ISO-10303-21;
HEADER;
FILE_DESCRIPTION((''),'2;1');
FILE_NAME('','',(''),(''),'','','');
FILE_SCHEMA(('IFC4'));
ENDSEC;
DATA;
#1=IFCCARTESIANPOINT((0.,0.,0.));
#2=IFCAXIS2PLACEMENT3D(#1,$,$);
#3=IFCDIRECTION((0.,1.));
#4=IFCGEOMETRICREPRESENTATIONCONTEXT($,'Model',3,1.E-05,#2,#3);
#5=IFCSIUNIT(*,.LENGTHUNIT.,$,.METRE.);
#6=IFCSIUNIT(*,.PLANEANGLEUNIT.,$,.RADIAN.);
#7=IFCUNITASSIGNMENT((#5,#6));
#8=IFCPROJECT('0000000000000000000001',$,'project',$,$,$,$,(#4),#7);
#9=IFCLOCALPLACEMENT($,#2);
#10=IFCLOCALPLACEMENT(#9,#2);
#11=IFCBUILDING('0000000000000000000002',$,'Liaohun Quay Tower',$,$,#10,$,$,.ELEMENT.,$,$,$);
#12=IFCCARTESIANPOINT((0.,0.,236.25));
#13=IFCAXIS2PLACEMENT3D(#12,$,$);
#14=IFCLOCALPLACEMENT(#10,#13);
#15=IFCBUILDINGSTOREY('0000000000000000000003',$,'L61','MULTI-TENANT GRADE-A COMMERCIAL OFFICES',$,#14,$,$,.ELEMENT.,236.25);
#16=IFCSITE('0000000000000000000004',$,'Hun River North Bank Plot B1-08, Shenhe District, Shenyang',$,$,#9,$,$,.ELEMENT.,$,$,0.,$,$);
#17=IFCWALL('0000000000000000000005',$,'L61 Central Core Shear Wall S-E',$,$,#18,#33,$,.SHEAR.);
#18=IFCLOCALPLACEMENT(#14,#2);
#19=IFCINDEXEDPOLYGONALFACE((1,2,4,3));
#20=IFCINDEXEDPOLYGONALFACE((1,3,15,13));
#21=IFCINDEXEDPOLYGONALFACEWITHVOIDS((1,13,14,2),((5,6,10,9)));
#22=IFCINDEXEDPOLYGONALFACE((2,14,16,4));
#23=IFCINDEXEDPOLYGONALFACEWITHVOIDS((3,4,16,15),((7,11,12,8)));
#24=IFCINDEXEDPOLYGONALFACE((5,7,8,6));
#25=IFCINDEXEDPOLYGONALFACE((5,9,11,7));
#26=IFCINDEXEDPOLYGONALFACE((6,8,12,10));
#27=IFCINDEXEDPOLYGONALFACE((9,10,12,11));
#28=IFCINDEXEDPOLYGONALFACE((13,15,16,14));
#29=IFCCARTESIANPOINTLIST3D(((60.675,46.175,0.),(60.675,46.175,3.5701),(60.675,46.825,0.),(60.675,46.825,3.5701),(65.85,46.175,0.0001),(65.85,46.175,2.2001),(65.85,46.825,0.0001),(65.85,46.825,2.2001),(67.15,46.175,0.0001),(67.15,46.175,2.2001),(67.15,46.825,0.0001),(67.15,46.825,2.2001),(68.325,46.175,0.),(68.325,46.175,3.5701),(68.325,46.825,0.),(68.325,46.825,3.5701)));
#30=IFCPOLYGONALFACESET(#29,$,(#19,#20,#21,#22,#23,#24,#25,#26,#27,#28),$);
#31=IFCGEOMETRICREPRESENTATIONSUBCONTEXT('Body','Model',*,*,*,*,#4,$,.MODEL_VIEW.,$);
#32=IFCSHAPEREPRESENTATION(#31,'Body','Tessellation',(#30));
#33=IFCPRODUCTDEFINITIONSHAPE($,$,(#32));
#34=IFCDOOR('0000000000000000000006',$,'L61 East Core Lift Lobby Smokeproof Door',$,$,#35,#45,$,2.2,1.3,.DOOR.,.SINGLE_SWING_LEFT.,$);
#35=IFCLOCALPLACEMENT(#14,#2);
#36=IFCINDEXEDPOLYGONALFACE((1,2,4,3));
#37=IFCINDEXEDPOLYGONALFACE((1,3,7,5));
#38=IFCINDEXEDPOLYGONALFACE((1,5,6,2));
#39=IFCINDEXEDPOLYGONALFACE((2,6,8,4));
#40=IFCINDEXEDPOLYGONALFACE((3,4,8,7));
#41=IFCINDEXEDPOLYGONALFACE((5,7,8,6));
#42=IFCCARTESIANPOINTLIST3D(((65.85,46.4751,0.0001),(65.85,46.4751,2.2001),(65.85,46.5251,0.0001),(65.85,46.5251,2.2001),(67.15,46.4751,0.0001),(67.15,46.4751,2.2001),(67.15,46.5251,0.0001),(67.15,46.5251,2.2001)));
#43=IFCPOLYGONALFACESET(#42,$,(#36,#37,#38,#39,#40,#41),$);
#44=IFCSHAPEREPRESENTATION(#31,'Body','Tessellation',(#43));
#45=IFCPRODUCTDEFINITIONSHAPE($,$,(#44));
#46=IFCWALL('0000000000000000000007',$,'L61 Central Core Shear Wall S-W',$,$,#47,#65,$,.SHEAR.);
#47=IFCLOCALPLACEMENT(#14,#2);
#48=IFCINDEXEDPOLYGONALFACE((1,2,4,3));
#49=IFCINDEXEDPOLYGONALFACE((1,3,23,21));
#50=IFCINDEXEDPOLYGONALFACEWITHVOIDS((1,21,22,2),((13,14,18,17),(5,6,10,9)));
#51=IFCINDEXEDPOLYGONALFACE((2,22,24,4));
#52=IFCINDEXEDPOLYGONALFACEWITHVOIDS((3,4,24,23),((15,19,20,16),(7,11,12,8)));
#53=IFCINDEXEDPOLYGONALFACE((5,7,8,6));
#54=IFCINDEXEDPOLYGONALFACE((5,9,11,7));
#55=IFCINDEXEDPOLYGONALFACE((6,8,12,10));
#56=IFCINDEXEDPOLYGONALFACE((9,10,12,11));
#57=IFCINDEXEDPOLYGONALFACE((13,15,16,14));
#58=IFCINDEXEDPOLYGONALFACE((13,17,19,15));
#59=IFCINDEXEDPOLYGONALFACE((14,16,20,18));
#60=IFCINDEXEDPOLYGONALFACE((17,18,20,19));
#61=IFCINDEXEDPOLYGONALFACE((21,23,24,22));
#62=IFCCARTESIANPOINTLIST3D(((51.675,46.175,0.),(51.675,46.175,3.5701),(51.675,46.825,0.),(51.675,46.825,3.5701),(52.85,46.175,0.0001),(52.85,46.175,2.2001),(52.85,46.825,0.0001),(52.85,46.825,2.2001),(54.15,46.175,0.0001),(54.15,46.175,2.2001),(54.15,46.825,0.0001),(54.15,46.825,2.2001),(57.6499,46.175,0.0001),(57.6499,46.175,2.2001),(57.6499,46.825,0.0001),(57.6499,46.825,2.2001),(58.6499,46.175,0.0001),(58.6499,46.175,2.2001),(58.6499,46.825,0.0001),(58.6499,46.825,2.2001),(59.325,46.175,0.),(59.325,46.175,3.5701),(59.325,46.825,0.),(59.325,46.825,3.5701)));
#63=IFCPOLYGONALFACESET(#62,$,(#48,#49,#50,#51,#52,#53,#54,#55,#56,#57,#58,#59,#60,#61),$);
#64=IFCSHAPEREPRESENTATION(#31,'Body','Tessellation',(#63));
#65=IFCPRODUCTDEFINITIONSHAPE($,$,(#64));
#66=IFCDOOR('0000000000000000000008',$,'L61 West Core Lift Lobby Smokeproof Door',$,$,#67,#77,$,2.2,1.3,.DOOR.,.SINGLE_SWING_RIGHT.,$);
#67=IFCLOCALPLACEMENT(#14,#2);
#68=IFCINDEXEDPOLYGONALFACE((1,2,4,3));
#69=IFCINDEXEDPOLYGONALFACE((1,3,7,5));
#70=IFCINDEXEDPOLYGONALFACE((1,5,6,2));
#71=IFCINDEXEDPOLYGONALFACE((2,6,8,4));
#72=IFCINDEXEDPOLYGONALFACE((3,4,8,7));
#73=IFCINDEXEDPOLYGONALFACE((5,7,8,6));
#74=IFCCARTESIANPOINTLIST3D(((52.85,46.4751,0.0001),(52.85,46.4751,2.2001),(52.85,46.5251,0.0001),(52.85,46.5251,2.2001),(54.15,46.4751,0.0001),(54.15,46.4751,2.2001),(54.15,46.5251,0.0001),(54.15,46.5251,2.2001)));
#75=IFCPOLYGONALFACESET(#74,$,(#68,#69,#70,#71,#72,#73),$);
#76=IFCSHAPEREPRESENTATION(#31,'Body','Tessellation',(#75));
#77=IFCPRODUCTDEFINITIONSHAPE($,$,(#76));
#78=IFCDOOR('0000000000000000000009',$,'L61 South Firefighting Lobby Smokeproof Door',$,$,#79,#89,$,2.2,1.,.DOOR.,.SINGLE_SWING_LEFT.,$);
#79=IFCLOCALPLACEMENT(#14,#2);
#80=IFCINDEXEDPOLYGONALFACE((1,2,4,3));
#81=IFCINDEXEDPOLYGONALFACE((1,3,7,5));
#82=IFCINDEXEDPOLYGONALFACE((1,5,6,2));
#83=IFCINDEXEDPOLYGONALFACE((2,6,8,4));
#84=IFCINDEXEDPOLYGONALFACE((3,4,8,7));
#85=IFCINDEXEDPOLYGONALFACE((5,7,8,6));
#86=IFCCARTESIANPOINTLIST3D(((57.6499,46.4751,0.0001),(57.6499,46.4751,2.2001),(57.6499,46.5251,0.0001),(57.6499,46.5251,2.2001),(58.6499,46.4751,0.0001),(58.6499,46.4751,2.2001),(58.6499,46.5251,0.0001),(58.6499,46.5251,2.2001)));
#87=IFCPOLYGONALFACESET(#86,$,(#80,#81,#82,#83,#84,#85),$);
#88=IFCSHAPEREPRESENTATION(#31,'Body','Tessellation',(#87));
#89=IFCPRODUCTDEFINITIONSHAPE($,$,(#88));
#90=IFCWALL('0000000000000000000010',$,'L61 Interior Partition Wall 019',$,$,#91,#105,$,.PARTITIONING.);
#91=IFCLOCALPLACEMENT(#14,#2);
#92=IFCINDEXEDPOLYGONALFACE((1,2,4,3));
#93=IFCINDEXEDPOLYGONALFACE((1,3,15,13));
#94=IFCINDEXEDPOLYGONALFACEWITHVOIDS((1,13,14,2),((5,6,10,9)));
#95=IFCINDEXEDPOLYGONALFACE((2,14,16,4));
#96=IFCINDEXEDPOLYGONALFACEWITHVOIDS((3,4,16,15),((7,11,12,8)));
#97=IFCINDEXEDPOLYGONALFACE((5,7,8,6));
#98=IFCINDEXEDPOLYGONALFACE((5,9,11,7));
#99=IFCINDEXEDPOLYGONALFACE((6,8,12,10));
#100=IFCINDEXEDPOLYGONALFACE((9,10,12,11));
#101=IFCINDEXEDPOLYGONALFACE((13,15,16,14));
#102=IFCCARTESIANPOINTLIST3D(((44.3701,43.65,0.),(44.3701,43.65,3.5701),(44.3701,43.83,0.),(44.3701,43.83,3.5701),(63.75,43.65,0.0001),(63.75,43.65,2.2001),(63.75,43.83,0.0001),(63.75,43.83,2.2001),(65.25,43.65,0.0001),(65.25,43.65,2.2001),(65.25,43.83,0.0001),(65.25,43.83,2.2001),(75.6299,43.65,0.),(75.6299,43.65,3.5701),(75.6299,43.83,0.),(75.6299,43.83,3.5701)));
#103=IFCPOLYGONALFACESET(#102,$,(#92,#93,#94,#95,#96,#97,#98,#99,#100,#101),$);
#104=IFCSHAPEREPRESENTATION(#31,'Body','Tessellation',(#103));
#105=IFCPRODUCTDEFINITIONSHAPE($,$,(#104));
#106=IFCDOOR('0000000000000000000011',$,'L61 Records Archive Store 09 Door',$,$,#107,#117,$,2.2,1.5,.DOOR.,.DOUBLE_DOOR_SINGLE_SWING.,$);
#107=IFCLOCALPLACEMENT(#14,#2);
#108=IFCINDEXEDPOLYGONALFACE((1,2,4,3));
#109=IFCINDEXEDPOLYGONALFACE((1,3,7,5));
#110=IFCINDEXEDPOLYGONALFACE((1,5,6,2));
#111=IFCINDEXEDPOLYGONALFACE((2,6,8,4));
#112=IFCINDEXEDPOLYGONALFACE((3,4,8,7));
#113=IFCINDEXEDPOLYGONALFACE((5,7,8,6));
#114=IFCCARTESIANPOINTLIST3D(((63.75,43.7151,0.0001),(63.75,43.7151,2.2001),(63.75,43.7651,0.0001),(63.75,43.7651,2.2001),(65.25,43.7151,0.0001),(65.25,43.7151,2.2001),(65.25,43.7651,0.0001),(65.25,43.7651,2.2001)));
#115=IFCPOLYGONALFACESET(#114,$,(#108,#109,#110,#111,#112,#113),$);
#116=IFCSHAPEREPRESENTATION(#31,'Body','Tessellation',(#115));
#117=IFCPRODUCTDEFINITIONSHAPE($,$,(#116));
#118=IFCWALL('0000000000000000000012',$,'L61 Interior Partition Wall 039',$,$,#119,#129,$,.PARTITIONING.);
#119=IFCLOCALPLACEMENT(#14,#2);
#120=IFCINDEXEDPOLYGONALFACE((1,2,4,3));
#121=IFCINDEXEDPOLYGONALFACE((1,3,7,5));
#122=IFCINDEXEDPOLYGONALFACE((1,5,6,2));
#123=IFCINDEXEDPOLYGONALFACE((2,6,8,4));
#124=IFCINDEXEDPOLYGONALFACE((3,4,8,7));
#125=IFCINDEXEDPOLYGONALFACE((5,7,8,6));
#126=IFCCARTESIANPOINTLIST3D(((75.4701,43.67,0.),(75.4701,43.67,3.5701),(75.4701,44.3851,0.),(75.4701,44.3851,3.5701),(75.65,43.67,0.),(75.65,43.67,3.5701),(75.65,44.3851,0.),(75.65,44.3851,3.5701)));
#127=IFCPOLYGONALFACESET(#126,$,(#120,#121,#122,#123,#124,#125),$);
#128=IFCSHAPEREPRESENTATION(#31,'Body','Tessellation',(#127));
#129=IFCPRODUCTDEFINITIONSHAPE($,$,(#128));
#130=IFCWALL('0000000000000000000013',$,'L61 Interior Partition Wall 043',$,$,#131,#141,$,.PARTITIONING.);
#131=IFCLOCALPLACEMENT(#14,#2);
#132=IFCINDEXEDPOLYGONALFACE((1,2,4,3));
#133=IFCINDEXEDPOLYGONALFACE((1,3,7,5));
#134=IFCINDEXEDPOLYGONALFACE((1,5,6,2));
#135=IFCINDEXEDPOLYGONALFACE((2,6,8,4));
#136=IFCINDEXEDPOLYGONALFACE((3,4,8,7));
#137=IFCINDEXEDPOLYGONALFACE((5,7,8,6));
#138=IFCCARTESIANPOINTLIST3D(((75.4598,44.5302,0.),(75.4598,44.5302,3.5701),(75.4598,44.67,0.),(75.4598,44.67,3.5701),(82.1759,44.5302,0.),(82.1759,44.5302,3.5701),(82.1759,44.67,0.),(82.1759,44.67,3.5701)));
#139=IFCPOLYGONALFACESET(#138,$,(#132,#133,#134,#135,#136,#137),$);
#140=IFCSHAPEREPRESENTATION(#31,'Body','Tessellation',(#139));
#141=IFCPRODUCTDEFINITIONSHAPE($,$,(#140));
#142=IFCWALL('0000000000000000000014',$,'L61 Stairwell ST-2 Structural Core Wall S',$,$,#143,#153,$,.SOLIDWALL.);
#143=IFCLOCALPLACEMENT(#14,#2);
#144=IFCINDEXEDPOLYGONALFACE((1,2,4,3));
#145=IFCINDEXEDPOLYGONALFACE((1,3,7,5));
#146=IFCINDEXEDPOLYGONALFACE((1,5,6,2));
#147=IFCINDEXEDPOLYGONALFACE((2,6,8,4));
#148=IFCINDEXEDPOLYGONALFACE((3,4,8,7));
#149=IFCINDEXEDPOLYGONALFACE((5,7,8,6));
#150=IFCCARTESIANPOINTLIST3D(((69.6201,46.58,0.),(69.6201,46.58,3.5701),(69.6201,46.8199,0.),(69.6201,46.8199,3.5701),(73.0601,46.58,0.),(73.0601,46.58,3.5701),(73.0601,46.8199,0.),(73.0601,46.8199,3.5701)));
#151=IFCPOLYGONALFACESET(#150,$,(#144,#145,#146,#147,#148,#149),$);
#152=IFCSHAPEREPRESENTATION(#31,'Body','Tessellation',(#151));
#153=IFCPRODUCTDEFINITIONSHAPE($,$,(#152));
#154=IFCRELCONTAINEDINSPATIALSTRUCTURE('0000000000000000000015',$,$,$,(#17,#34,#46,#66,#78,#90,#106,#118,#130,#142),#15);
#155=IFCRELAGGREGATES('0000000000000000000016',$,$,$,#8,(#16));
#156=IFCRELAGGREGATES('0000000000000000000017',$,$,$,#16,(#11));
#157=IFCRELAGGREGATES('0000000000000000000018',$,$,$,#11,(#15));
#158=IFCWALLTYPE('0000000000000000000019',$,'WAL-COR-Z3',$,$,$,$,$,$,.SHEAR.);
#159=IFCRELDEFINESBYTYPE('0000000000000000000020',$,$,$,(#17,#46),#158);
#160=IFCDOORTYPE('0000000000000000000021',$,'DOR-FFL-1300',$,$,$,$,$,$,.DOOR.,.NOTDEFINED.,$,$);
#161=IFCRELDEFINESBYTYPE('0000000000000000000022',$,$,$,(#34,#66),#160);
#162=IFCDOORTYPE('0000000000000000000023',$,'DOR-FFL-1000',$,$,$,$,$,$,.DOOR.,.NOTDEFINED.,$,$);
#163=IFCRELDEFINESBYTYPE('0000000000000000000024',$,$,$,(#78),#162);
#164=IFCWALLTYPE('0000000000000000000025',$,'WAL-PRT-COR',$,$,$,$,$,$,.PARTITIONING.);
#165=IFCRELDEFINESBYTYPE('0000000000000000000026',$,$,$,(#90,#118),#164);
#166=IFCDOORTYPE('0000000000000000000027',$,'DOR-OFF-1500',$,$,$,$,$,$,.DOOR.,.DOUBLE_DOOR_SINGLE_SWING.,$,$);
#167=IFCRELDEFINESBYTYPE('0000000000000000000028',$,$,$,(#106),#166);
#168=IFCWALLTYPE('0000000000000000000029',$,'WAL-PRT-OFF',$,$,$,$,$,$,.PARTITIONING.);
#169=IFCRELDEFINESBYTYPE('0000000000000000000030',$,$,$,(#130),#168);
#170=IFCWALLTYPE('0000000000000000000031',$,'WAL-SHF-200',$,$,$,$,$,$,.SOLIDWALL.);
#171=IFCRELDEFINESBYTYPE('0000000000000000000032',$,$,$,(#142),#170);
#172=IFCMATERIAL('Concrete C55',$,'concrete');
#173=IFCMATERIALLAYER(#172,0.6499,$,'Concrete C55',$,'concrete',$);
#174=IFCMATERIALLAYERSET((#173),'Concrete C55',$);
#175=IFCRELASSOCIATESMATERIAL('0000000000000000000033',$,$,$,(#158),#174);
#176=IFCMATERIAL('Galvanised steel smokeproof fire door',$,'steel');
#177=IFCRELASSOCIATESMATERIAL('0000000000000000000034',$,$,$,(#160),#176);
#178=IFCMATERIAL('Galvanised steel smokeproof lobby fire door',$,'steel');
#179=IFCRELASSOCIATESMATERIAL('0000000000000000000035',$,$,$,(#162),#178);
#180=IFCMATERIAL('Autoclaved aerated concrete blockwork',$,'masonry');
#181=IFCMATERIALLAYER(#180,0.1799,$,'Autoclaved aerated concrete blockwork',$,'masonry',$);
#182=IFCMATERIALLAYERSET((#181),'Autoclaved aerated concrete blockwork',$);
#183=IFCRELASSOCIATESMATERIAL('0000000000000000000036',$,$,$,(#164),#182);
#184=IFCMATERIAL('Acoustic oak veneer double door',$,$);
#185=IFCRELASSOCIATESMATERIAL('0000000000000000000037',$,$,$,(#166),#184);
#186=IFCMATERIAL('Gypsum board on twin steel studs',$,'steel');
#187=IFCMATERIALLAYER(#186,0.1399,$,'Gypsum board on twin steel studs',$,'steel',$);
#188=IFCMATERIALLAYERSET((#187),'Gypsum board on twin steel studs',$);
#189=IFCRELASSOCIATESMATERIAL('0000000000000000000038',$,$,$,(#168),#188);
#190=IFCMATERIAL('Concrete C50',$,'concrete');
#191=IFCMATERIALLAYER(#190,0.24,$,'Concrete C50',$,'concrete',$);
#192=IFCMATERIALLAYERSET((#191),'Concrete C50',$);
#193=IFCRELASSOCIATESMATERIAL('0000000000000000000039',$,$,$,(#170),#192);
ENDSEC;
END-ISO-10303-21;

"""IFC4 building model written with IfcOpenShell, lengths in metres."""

from ifc_helpers import new_model, si_unit, direction, frame, frame_2d, origin, place, context, subcontext, project, spatial, rectangle, extrude, source, transform, mapped, material, layer, layer_set, type_object, element, fill, save


model = new_model("IFC4")

# Units and contexts
model_context = context("Model", 3, precision=1e-05, world=origin(), true_north=direction((0.0, 1.0)))
body_context = subcontext(model_context, "Body", "Model", "MODEL_VIEW")
ifc_project = project(units=[si_unit("LENGTHUNIT", "METRE"), si_unit("PLANEANGLEUNIT", "RADIAN")], contexts=[model_context])

# Site, building, storey
site_placement = place(None, origin())
site = spatial("IfcSite", under=ifc_project, at=site_placement, Name="Hun River North Bank Plot B1-08, Shenhe District, Shenyang", CompositionType="ELEMENT", RefElevation=0.0)
building_placement = place(site_placement, origin())
building = spatial("IfcBuilding", under=site, at=building_placement, Name="Liaohun Quay Tower", CompositionType="ELEMENT")
storey_placement = place(building_placement, frame((0.0, 0.0, 236.25)))
storey = spatial("IfcBuildingStorey", under=building, at=storey_placement, Name="L61", Description="MULTI-TENANT GRADE-A COMMERCIAL OFFICES", CompositionType="ELEMENT", Elevation=236.25)

# Shared definitions
ifc_material_1 = material(Name="Concrete C55", Category="concrete")

# Wall, opening, door
ifc_layer_1 = layer(ifc_material_1, 0.6499, Name="Concrete C55", Category="concrete")
ifc_layer_set_1 = layer_set([ifc_layer_1], Name="Concrete C55")
wall_type_1 = type_object("IfcWallType", Name="WAL-COR-Z3", PredefinedType="SHEAR", material=ifc_layer_set_1)
wall_1_placement = place(storey_placement, frame((68.325, 46.5, 0.0), z_axis=(0.0, 0.0, 1.0), x_axis=(-1.0, 0.0, 0.0)))
wall_1 = element("IfcWall", 1, at=wall_1_placement, inside=storey, type_object=wall_type_1, Name="L61 Central Core Shear Wall S-E", PredefinedType="SHEAR", context=body_context, shape_type="SweptSolid", body=[
    extrude(rectangle(XDim=7.6499, YDim=0.6499, at=frame_2d((3.825, 0.0))), origin(), (0.0, 0.0, 1.0), 3.5701),
])
shared_shape_1 = source(origin(), body_context, "Body", "SweptSolid", [
    extrude(rectangle(XDim=1.3, YDim=2.2, at=frame_2d((0.6499, 1.1001))), frame((0.0, 0.335, 0.0), z_axis=(0.0, -1.0, 0.0), x_axis=(1.0, 0.0, 0.0)), (0.0, 0.0, 1.0), 0.6699),
])
opening_1_placement = place(wall_1_placement, frame((1.175, 0.0, 0.0)))
opening_1 = element("IfcOpeningElement", 2, at=opening_1_placement, cuts=wall_1, PredefinedType="OPENING", context=body_context, shape_type="MappedRepresentation", body=[
    mapped(shared_shape_1, transform((0.0, 0.0, 0.0), x_axis=(1.0, 0.0, 0.0), y_axis=(0.0, 1.0, 0.0), z_axis=(0.0, 0.0, 1.0), scale=1.0)),
])
ifc_material_2 = material(Name="Galvanised steel smokeproof fire door", Category="steel")
door_type_1 = type_object("IfcDoorType", Name="DOR-FFL-1300", OperationType="NOTDEFINED", PredefinedType="DOOR", material=ifc_material_2)
shared_shape_2 = source(origin(), body_context, "Body", "SweptSolid", [
    extrude(rectangle(XDim=1.3, YDim=2.2, at=frame_2d((0.6499, 1.1001))), frame((0.0, 0.0249, 0.0), z_axis=(0.0, -1.0, 0.0), x_axis=(1.0, 0.0, 0.0)), (0.0, 0.0, 1.0), 0.05),
])
door_1_placement = place(opening_1_placement, origin())
door_1 = element("IfcDoor", 3, at=door_1_placement, inside=storey, type_object=door_type_1, Name="L61 East Core Lift Lobby Smokeproof Door", OperationType="SINGLE_SWING_LEFT", OverallHeight=2.2, OverallWidth=1.3, PredefinedType="DOOR", context=body_context, shape_type="MappedRepresentation", body=[
    mapped(shared_shape_2, transform((0.0, 0.0, 0.0), x_axis=(1.0, 0.0, 0.0), y_axis=(0.0, 1.0, 0.0), z_axis=(0.0, 0.0, 1.0), scale=1.0)),
])
fill(opening_1, door_1)

# Wall, openings, doors
wall_2_placement = place(storey_placement, frame((59.325, 46.5, 0.0), z_axis=(0.0, 0.0, 1.0), x_axis=(-1.0, 0.0, 0.0)))
wall_2 = element("IfcWall", 4, at=wall_2_placement, inside=storey, type_object=wall_type_1, Name="L61 Central Core Shear Wall S-W", PredefinedType="SHEAR", context=body_context, shape_type="SweptSolid", body=[
    extrude(rectangle(XDim=7.6499, YDim=0.6499, at=frame_2d((3.825, 0.0))), origin(), (0.0, 0.0, 1.0), 3.5701),
])
opening_2_placement = place(wall_2_placement, frame((5.175, 0.0, 0.0)))
opening_2 = element("IfcOpeningElement", 5, at=opening_2_placement, cuts=wall_2, PredefinedType="OPENING", context=body_context, shape_type="MappedRepresentation", body=[
    mapped(shared_shape_1, transform((0.0, 0.0, 0.0), x_axis=(1.0, 0.0, 0.0), y_axis=(0.0, 1.0, 0.0), z_axis=(0.0, 0.0, 1.0), scale=1.0)),
])
shared_shape_3 = source(origin(), body_context, "Body", "SweptSolid", [
    extrude(rectangle(XDim=1.0, YDim=2.2, at=frame_2d((0.5, 1.1001))), frame((0.0, 0.335, 0.0), z_axis=(0.0, -1.0, 0.0), x_axis=(1.0, 0.0, 0.0)), (0.0, 0.0, 1.0), 0.6699),
])
opening_3_placement = place(wall_2_placement, frame((0.675, 0.0, 0.0)))
opening_3 = element("IfcOpeningElement", 6, at=opening_3_placement, cuts=wall_2, PredefinedType="OPENING", context=body_context, shape_type="MappedRepresentation", body=[
    mapped(shared_shape_3, transform((0.0, 0.0, 0.0), x_axis=(1.0, 0.0, 0.0), y_axis=(0.0, 1.0, 0.0), z_axis=(0.0, 0.0, 1.0), scale=1.0)),
])
door_2_placement = place(opening_2_placement, origin())
door_2 = element("IfcDoor", 7, at=door_2_placement, inside=storey, type_object=door_type_1, Name="L61 West Core Lift Lobby Smokeproof Door", OperationType="SINGLE_SWING_RIGHT", OverallHeight=2.2, OverallWidth=1.3, PredefinedType="DOOR", context=body_context, shape_type="MappedRepresentation", body=[
    mapped(shared_shape_2, transform((0.0, 0.0, 0.0), x_axis=(1.0, 0.0, 0.0), y_axis=(0.0, 1.0, 0.0), z_axis=(0.0, 0.0, 1.0), scale=1.0)),
])
fill(opening_2, door_2)
ifc_material_3 = material(Name="Galvanised steel smokeproof lobby fire door", Category="steel")
door_type_2 = type_object("IfcDoorType", Name="DOR-FFL-1000", OperationType="NOTDEFINED", PredefinedType="DOOR", material=ifc_material_3)
shared_shape_4 = source(origin(), body_context, "Body", "SweptSolid", [
    extrude(rectangle(XDim=1.0, YDim=2.2, at=frame_2d((0.5, 1.1001))), frame((0.0, 0.0249, 0.0), z_axis=(0.0, -1.0, 0.0), x_axis=(1.0, 0.0, 0.0)), (0.0, 0.0, 1.0), 0.05),
])
door_3_placement = place(opening_3_placement, origin())
door_3 = element("IfcDoor", 8, at=door_3_placement, inside=storey, type_object=door_type_2, Name="L61 South Firefighting Lobby Smokeproof Door", OperationType="SINGLE_SWING_LEFT", OverallHeight=2.2, OverallWidth=1.0, PredefinedType="DOOR", context=body_context, shape_type="MappedRepresentation", body=[
    mapped(shared_shape_4, transform((0.0, 0.0, 0.0), x_axis=(1.0, 0.0, 0.0), y_axis=(0.0, 1.0, 0.0), z_axis=(0.0, 0.0, 1.0), scale=1.0)),
])
fill(opening_3, door_3)

# Wall, opening, door
ifc_material_4 = material(Name="Autoclaved aerated concrete blockwork", Category="masonry")
ifc_layer_2 = layer(ifc_material_4, 0.1799, Name="Autoclaved aerated concrete blockwork", Category="masonry")
ifc_layer_set_2 = layer_set([ifc_layer_2], Name="Autoclaved aerated concrete blockwork")
wall_type_2 = type_object("IfcWallType", Name="WAL-PRT-COR", PredefinedType="PARTITIONING", material=ifc_layer_set_2)
wall_3_placement = place(storey_placement, frame((75.6299, 43.74, 0.0), z_axis=(0.0, 0.0, 1.0), x_axis=(-1.0, 0.0, 0.0)))
wall_3 = element("IfcWall", 9, at=wall_3_placement, inside=storey, type_object=wall_type_2, Name="L61 Interior Partition Wall 019", PredefinedType="PARTITIONING", context=body_context, shape_type="SweptSolid", body=[
    extrude(rectangle(XDim=31.2598, YDim=0.1799, at=frame_2d((15.6299, 0.0))), origin(), (0.0, 0.0, 1.0), 3.5701),
])
shared_shape_5 = source(origin(), body_context, "Body", "SweptSolid", [
    extrude(rectangle(XDim=1.5, YDim=2.2, at=frame_2d((0.75, 1.1001))), frame((0.0, 0.0999, 0.0), z_axis=(0.0, -1.0, 0.0), x_axis=(1.0, 0.0, 0.0)), (0.0, 0.0, 1.0), 0.2),
])
opening_4_placement = place(wall_3_placement, frame((10.3799, 0.0, 0.0)))
opening_4 = element("IfcOpeningElement", 10, at=opening_4_placement, cuts=wall_3, PredefinedType="OPENING", context=body_context, shape_type="MappedRepresentation", body=[
    mapped(shared_shape_5, transform((0.0, 0.0, 0.0), x_axis=(1.0, 0.0, 0.0), y_axis=(0.0, 1.0, 0.0), z_axis=(0.0, 0.0, 1.0), scale=1.0)),
])
ifc_material_5 = material(Name="Acoustic oak veneer double door")
door_type_3 = type_object("IfcDoorType", Name="DOR-OFF-1500", OperationType="DOUBLE_DOOR_SINGLE_SWING", PredefinedType="DOOR", material=ifc_material_5)
shared_shape_6 = source(origin(), body_context, "Body", "SweptSolid", [
    extrude(rectangle(XDim=1.5, YDim=2.2, at=frame_2d((0.75, 1.1001))), frame((0.0, 0.0249, 0.0), z_axis=(0.0, -1.0, 0.0), x_axis=(1.0, 0.0, 0.0)), (0.0, 0.0, 1.0), 0.05),
])
door_4_placement = place(opening_4_placement, origin())
door_4 = element("IfcDoor", 11, at=door_4_placement, inside=storey, type_object=door_type_3, Name="L61 Records Archive Store 09 Door", OperationType="DOUBLE_DOOR_SINGLE_SWING", OverallHeight=2.2, OverallWidth=1.5, PredefinedType="DOOR", context=body_context, shape_type="MappedRepresentation", body=[
    mapped(shared_shape_6, transform((0.0, 0.0, 0.0), x_axis=(1.0, 0.0, 0.0), y_axis=(0.0, 1.0, 0.0), z_axis=(0.0, 0.0, 1.0), scale=1.0)),
])
fill(opening_4, door_4)

# Walls
wall_4_placement = place(storey_placement, frame((75.5601, 44.385, 0.0), z_axis=(0.0, 0.0, 1.0), x_axis=(0.0, -1.0, 0.0)))
element("IfcWall", 12, at=wall_4_placement, inside=storey, type_object=wall_type_2, Name="L61 Interior Partition Wall 039", PredefinedType="PARTITIONING", context=body_context, shape_type="SweptSolid", body=[
    extrude(rectangle(XDim=0.7151, YDim=0.1799, at=frame_2d((0.3574, 0.0))), origin(), (0.0, 0.0, 1.0), 3.5701),
])
ifc_material_6 = material(Name="Gypsum board on twin steel studs", Category="steel")
ifc_layer_3 = layer(ifc_material_6, 0.1399, Name="Gypsum board on twin steel studs", Category="steel")
ifc_layer_set_3 = layer_set([ifc_layer_3], Name="Gypsum board on twin steel studs")
wall_type_3 = type_object("IfcWallType", Name="WAL-PRT-OFF", PredefinedType="PARTITIONING", material=ifc_layer_set_3)
wall_5_placement = place(storey_placement, frame((75.46, 44.6001, 0.0), z_axis=(0.0, 0.0, 1.0), x_axis=(1.0, 0.0, 0.0)))
element("IfcWall", 13, at=wall_5_placement, inside=storey, type_object=wall_type_3, Name="L61 Interior Partition Wall 043", PredefinedType="PARTITIONING", context=body_context, shape_type="SweptSolid", body=[
    extrude(rectangle(XDim=6.7161, YDim=0.1399, at=frame_2d((3.3579, 0.0))), origin(), (0.0, 0.0, 1.0), 3.5701),
])
ifc_material_7 = material(Name="Concrete C50", Category="concrete")
ifc_layer_4 = layer(ifc_material_7, 0.24, Name="Concrete C50", Category="concrete")
ifc_layer_set_4 = layer_set([ifc_layer_4], Name="Concrete C50")
wall_type_4 = type_object("IfcWallType", Name="WAL-SHF-200", PredefinedType="SOLIDWALL", material=ifc_layer_set_4)
wall_6_placement = place(storey_placement, frame((69.6201, 46.7, 0.0), z_axis=(0.0, 0.0, 1.0), x_axis=(1.0, 0.0, 0.0)))
element("IfcWall", 14, at=wall_6_placement, inside=storey, type_object=wall_type_4, Name="L61 Stairwell ST-2 Structural Core Wall S", PredefinedType="SOLIDWALL", context=body_context, shape_type="SweptSolid", body=[
    extrude(rectangle(XDim=3.4399, YDim=0.24, at=frame_2d((1.72, 0.0))), origin(), (0.0, 0.0, 1.0), 3.5701),
])

save(model, "model.ifc")
